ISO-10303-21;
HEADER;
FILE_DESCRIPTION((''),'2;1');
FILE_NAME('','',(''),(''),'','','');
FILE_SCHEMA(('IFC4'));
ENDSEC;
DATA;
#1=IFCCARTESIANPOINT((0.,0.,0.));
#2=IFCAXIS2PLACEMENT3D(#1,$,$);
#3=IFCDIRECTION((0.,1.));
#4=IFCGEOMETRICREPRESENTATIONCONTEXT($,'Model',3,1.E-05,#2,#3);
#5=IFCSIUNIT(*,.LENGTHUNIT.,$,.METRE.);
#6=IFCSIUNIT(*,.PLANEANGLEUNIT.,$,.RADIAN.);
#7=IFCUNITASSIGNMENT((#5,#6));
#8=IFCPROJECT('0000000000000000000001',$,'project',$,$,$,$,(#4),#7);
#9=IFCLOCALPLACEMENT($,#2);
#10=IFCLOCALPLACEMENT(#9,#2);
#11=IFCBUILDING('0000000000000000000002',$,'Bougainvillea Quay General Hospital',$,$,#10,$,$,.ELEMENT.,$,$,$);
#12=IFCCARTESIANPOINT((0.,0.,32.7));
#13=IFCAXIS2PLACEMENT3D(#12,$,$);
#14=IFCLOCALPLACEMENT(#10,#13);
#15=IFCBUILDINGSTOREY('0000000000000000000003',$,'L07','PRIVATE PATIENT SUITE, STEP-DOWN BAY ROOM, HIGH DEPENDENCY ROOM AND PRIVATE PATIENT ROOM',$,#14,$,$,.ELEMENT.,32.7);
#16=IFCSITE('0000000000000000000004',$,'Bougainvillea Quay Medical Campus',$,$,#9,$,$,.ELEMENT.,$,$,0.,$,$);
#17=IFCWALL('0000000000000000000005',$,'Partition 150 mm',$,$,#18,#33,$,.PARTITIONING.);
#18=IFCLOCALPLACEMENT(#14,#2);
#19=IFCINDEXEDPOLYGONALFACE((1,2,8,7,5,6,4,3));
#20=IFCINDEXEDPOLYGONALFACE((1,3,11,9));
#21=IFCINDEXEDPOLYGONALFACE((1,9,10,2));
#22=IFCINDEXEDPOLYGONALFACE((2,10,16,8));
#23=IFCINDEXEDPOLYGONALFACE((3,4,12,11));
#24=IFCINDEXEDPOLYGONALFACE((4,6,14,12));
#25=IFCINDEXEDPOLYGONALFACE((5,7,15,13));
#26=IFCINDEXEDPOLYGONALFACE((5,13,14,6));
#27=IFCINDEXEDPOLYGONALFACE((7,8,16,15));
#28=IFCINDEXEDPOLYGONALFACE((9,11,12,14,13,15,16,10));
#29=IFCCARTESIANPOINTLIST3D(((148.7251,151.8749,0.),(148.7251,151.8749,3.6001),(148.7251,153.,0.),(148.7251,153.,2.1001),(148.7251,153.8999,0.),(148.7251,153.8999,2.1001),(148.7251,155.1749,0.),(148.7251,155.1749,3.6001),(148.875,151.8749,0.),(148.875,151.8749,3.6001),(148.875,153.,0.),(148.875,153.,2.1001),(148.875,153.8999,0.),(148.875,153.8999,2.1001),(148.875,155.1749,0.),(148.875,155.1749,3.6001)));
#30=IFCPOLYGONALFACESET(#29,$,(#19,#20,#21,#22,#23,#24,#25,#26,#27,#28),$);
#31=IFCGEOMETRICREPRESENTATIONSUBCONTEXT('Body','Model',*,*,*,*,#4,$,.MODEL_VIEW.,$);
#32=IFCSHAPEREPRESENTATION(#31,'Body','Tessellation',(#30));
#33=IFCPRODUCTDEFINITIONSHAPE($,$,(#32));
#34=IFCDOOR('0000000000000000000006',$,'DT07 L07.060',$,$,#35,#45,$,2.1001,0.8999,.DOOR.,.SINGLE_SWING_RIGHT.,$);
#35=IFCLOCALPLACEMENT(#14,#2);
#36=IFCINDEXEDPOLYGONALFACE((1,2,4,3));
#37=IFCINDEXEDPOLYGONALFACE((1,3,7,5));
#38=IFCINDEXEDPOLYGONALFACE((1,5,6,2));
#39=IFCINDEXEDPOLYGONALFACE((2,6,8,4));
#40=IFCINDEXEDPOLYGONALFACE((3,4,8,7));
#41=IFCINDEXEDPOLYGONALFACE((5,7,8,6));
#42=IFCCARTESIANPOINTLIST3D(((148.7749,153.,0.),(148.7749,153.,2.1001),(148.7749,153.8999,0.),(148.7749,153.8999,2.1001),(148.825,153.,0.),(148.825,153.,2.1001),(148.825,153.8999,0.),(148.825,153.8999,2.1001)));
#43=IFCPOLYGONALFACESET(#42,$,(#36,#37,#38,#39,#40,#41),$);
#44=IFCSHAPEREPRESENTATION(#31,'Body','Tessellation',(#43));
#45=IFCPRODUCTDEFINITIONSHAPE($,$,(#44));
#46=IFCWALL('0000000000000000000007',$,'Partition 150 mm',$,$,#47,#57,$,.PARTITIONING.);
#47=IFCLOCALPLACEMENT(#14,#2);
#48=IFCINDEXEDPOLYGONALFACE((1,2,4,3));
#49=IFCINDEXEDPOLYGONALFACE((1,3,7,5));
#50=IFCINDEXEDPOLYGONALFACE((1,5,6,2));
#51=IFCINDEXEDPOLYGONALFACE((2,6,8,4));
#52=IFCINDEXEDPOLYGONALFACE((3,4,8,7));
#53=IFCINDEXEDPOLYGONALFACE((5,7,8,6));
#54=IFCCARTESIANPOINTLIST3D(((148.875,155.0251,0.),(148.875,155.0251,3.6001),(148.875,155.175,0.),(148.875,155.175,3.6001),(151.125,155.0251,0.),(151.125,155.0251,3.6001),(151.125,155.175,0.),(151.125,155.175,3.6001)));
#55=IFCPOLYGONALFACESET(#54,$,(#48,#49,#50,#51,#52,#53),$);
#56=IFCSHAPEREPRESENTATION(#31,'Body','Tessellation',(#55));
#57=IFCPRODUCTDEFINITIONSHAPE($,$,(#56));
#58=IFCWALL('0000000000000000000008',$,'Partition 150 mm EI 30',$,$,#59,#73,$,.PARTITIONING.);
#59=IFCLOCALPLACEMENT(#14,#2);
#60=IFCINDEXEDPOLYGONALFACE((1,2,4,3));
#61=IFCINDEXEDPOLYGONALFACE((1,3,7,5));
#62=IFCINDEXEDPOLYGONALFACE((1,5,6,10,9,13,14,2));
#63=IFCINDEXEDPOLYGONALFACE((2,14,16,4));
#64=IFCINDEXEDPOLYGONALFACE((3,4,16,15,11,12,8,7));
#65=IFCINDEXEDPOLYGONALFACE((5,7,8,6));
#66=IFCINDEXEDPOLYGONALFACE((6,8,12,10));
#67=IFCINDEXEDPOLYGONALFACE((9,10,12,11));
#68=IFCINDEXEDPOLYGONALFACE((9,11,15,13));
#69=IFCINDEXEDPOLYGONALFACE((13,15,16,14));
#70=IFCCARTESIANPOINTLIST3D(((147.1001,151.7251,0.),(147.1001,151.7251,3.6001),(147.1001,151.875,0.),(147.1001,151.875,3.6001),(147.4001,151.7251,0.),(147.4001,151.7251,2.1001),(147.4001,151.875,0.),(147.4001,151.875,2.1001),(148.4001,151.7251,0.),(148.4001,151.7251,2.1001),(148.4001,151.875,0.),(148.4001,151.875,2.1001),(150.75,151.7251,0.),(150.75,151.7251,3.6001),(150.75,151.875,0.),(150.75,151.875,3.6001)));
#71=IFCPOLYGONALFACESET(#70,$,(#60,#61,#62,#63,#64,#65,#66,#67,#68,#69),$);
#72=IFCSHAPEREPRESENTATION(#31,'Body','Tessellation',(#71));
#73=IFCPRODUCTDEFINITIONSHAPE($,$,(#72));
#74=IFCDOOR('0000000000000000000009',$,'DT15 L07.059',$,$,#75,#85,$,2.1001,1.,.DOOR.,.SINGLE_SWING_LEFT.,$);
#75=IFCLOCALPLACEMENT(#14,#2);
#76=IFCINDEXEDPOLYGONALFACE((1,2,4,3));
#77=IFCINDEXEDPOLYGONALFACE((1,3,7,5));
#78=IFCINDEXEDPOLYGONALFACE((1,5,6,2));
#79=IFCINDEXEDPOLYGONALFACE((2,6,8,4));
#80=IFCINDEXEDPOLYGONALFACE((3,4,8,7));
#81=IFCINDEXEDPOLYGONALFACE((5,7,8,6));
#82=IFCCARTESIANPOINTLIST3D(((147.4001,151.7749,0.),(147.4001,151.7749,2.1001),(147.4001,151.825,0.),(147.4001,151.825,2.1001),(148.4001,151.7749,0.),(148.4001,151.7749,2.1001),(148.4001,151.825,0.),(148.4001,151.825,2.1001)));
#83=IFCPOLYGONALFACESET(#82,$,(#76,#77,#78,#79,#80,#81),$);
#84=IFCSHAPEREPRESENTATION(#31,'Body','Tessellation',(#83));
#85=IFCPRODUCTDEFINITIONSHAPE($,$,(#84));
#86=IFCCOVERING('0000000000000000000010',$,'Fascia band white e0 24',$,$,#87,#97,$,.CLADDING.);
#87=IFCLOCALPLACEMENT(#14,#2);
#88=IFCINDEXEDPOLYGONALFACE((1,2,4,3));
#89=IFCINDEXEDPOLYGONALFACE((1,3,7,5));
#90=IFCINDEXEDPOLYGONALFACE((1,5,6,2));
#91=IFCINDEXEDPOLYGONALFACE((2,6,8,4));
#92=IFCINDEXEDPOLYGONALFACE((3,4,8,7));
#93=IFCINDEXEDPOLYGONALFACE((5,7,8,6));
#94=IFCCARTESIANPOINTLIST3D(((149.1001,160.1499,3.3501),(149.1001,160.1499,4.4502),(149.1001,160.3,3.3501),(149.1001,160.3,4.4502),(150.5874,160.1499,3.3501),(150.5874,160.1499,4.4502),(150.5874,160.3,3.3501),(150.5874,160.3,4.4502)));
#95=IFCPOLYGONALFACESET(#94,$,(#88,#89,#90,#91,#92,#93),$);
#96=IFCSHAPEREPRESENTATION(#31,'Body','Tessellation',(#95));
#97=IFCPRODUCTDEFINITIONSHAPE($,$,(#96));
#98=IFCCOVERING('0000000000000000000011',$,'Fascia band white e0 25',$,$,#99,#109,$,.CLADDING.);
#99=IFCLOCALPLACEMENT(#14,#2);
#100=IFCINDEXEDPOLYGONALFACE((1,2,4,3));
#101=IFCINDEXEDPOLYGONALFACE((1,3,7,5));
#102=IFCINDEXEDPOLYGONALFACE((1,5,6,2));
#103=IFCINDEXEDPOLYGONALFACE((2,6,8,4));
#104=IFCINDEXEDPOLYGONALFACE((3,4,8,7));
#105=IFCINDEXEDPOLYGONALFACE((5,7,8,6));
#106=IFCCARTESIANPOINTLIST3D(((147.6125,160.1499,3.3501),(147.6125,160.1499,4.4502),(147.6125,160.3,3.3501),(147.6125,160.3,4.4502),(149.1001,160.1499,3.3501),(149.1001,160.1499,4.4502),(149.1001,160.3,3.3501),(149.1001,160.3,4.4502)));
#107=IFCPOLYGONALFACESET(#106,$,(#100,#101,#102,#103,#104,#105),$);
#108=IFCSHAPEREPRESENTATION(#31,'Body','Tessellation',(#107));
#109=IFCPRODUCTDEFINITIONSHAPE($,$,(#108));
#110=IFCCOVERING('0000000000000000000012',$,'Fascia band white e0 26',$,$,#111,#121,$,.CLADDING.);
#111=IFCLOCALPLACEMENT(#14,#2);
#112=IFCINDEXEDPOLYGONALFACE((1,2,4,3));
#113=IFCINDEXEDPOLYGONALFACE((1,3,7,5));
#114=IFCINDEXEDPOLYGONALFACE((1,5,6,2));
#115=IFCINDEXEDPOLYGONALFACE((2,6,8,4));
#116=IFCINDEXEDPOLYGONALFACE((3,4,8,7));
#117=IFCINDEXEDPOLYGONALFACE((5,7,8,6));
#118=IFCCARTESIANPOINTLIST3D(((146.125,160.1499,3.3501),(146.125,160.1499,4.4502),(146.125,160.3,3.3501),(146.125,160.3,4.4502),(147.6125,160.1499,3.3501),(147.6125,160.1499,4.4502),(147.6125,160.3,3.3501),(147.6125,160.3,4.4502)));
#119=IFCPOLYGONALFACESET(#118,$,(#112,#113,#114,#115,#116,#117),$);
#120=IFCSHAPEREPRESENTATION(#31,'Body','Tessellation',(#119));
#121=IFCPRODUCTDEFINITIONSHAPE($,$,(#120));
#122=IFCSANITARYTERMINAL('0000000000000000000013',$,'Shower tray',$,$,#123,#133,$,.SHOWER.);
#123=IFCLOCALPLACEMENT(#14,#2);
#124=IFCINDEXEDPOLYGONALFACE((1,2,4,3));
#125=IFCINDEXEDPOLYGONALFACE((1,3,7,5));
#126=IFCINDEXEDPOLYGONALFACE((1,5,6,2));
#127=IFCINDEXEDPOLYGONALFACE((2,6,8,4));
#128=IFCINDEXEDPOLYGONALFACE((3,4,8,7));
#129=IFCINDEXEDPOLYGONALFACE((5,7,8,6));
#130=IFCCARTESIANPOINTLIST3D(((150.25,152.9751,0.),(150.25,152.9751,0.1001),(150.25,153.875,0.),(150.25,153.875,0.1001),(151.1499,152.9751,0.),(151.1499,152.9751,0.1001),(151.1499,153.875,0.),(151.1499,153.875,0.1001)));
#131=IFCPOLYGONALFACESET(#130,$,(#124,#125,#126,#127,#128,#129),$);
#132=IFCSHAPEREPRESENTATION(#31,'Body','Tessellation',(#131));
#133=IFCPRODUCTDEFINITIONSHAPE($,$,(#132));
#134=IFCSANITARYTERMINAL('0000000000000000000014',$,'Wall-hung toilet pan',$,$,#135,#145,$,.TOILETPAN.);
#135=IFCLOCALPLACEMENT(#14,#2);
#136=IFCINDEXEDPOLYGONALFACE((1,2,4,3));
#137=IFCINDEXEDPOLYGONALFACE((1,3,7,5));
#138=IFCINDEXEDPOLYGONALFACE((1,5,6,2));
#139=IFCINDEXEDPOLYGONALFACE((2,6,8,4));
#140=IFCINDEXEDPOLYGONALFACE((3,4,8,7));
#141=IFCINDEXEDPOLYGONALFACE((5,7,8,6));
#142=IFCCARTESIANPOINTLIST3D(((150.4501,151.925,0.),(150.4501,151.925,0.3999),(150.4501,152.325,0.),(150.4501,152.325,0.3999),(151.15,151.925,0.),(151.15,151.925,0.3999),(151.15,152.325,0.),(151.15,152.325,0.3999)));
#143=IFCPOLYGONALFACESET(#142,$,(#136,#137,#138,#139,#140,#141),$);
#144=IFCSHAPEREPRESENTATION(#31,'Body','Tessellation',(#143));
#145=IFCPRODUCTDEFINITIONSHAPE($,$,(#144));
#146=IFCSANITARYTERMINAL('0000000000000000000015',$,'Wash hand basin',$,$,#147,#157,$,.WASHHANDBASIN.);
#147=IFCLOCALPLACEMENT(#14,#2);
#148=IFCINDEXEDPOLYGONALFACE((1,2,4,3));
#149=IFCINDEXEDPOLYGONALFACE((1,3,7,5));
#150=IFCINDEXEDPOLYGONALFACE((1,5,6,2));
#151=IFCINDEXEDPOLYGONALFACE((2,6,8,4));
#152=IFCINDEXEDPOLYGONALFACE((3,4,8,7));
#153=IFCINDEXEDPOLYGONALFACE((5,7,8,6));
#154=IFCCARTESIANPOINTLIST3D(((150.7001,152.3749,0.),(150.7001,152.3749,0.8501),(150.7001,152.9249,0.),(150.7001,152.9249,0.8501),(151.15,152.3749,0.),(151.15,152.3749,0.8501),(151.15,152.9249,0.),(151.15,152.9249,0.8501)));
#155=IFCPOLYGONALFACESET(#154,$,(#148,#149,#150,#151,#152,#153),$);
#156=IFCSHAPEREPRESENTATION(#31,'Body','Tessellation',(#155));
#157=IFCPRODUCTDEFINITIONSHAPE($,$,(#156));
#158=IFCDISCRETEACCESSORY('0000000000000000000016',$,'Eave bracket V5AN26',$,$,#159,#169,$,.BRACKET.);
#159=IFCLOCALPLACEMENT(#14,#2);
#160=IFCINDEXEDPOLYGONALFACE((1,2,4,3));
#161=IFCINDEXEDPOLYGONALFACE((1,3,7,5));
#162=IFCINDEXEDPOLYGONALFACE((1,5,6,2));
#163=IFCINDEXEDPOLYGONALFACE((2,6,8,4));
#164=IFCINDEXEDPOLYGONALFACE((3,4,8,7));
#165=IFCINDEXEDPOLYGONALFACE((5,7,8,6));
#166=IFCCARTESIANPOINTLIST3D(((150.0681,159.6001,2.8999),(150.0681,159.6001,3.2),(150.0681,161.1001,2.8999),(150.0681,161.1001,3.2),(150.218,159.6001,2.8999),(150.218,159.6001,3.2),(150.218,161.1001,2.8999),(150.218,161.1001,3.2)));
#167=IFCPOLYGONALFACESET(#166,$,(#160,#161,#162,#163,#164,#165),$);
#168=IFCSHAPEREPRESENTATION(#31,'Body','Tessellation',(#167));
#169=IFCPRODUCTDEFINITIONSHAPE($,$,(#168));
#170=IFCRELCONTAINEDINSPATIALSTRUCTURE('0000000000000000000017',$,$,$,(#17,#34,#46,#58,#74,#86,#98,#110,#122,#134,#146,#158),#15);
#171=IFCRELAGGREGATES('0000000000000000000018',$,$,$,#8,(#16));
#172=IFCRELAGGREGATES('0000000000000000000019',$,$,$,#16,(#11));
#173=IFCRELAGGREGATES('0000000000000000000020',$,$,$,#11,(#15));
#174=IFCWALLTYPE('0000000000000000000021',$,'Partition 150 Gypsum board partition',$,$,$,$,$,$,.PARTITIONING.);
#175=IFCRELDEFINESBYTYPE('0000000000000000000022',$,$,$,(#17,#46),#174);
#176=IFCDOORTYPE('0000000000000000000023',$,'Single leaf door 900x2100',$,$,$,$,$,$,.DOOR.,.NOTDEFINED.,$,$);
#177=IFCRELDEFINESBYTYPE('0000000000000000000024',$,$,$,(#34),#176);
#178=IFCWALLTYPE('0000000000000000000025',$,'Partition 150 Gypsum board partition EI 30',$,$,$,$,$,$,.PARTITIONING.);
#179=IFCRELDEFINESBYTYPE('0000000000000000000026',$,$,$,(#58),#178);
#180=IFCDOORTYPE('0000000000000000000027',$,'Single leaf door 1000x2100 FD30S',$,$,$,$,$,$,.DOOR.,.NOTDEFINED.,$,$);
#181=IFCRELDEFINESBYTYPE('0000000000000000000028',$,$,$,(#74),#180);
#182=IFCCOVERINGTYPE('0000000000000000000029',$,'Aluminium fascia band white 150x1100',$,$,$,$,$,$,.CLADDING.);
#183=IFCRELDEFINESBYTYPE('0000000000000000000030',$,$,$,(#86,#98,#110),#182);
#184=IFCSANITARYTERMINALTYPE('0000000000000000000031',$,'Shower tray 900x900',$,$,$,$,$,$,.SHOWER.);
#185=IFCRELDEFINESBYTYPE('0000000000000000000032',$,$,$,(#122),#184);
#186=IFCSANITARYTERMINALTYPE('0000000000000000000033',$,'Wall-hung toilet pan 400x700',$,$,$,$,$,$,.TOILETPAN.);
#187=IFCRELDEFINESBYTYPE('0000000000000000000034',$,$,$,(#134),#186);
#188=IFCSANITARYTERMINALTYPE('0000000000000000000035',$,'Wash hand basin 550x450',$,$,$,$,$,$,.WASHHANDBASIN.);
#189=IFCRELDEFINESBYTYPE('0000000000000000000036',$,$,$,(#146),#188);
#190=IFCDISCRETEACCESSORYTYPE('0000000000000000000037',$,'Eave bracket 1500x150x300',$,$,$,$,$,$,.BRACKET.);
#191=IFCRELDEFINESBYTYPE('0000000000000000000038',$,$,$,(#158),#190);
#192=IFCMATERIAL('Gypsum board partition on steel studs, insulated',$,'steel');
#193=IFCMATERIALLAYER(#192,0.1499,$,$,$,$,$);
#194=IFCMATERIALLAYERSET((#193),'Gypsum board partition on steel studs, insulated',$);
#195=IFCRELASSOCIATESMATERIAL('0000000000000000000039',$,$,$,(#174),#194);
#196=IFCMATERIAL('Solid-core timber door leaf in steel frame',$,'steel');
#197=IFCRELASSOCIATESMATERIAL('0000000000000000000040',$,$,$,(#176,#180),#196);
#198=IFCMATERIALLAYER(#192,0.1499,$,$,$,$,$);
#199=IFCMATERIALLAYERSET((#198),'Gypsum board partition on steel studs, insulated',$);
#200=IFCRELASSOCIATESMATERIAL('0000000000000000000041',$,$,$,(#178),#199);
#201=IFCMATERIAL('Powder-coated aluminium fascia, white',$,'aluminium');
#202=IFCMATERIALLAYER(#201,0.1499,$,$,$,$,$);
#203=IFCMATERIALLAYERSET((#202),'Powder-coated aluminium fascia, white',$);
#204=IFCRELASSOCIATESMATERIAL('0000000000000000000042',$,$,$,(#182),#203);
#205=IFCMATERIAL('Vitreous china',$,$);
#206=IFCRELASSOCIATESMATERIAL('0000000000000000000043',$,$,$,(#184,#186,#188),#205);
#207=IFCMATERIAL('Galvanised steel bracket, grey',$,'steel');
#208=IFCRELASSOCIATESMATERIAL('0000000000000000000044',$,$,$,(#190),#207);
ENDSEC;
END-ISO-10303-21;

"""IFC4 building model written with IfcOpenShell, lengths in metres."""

from ifc_helpers import new_model, si_unit, direction, frame, frame_2d, origin, origin_2d, place, context, subcontext, project, spatial, polyline, rectangle, outline, extrude, material, layer, layer_set, type_object, element, fill, save


model = new_model("IFC4")

# Units and contexts
model_context = context("Model", 3, precision=1e-05, world=origin(), true_north=direction((0.0, 1.0)))
body_context = subcontext(model_context, "Body", "Model", "MODEL_VIEW")
ifc_project = project(units=[si_unit("LENGTHUNIT", "METRE"), si_unit("PLANEANGLEUNIT", "RADIAN")], contexts=[model_context])

# Site, building, storey
site_placement = place(None, origin())
site = spatial("IfcSite", under=ifc_project, at=site_placement, Name="Bougainvillea Quay Medical Campus", CompositionType="ELEMENT", RefElevation=0.0)
building_placement = place(site_placement, origin())
building = spatial("IfcBuilding", under=site, at=building_placement, Name="Bougainvillea Quay General Hospital", CompositionType="ELEMENT")
storey_placement = place(building_placement, frame((0.0, 0.0, 32.7)))
storey = spatial("IfcBuildingStorey", under=building, at=storey_placement, Name="L07", Description="PRIVATE PATIENT SUITE, STEP-DOWN BAY ROOM, HIGH DEPENDENCY ROOM AND PRIVATE PATIENT ROOM", CompositionType="ELEMENT", Elevation=32.7)

# Shared definitions
ifc_material_1 = material(Name="Gypsum board partition on steel studs, insulated", Category="steel")
ifc_layer_1 = layer(ifc_material_1, 0.1499)
ifc_layer_set_1 = layer_set([ifc_layer_1], Name="Gypsum board partition on steel studs, insulated")
wall_type_1 = type_object("IfcWallType", Name="Partition 150 Gypsum board partition", PredefinedType="PARTITIONING", material=ifc_layer_set_1)

# Wall, opening, door
wall_1_placement = place(storey_placement, frame((148.8, 151.875, 0.0), z_axis=(0.0, 0.0, 1.0), x_axis=(0.0, 1.0, 0.0)))
wall_1 = element("IfcWall", 1, at=wall_1_placement, inside=storey, type_object=wall_type_1, Name="Partition 150 mm", PredefinedType="PARTITIONING", context=body_context, shape_type="SweptSolid", body=[
    extrude(rectangle(XDim=3.3, YDim=0.1499, at=frame_2d((1.6499, 0.0))), origin(), (0.0, 0.0, 1.0), 3.6001),
])
opening_1_placement = place(wall_1_placement, frame((1.125, 0.0, 0.0)))
opening_1 = element("IfcOpeningElement", 2, at=opening_1_placement, cuts=wall_1, PredefinedType="OPENING", context=body_context, shape_type="SweptSolid", body=[
    extrude(rectangle(XDim=0.8999, YDim=2.1001, at=frame_2d((0.45, 1.05))), frame((0.0, 0.085, 0.0), z_axis=(0.0, -1.0, 0.0), x_axis=(1.0, 0.0, 0.0)), (0.0, 0.0, 1.0), 0.1699),
])
ifc_material_2 = material(Name="Solid-core timber door leaf in steel frame", Category="steel")
door_type_1 = type_object("IfcDoorType", Name="Single leaf door 900x2100", OperationType="NOTDEFINED", PredefinedType="DOOR", material=ifc_material_2)
door_1_placement = place(opening_1_placement, frame((0.8999, 0.0, 0.0), z_axis=(0.0, 0.0, 1.0), x_axis=(-1.0, 0.0, 0.0)))
door_1 = element("IfcDoor", 3, at=door_1_placement, inside=storey, type_object=door_type_1, Name="DT07 L07.060", OperationType="SINGLE_SWING_RIGHT", OverallHeight=2.1001, OverallWidth=0.8999, PredefinedType="DOOR", context=body_context, shape_type="SweptSolid", body=[
    extrude(rectangle(XDim=0.8999, YDim=2.1001, at=frame_2d((0.45, 1.05))), frame((0.0, 0.0249, 0.0), z_axis=(0.0, -1.0, 0.0), x_axis=(1.0, 0.0, 0.0)), (0.0, 0.0, 1.0), 0.05),
])
fill(opening_1, door_1)

# Wall
wall_2_placement = place(storey_placement, frame((148.875, 155.1001, 0.0), z_axis=(0.0, 0.0, 1.0), x_axis=(1.0, 0.0, 0.0)))
element("IfcWall", 4, at=wall_2_placement, inside=storey, type_object=wall_type_1, Name="Partition 150 mm", PredefinedType="PARTITIONING", context=body_context, shape_type="SweptSolid", body=[
    extrude(rectangle(XDim=2.25, YDim=0.1499, at=frame_2d((1.125, 0.0))), origin(), (0.0, 0.0, 1.0), 3.6001),
])

# Wall, opening, door
ifc_layer_2 = layer(ifc_material_1, 0.1499)
ifc_layer_set_2 = layer_set([ifc_layer_2], Name="Gypsum board partition on steel studs, insulated")
wall_type_2 = type_object("IfcWallType", Name="Partition 150 Gypsum board partition EI 30", PredefinedType="PARTITIONING", material=ifc_layer_set_2)
wall_3_placement = place(storey_placement, frame((147.1001, 151.8, 0.0), z_axis=(0.0, 0.0, 1.0), x_axis=(1.0, 0.0, 0.0)))
wall_3 = element("IfcWall", 5, at=wall_3_placement, inside=storey, type_object=wall_type_2, Name="Partition 150 mm EI 30", PredefinedType="PARTITIONING", context=body_context, shape_type="SweptSolid", body=[
    extrude(rectangle(XDim=3.6499, YDim=0.1499, at=frame_2d((1.825, 0.0))), origin(), (0.0, 0.0, 1.0), 3.6001),
])
opening_2_placement = place(wall_3_placement, frame((0.3, 0.0, 0.0)))
opening_2 = element("IfcOpeningElement", 6, at=opening_2_placement, cuts=wall_3, PredefinedType="OPENING", context=body_context, shape_type="SweptSolid", body=[
    extrude(rectangle(XDim=1.0, YDim=2.1001, at=frame_2d((0.5, 1.05))), frame((0.0, 0.085, 0.0), z_axis=(0.0, -1.0, 0.0), x_axis=(1.0, 0.0, 0.0)), (0.0, 0.0, 1.0), 0.1699),
])
door_type_2 = type_object("IfcDoorType", Name="Single leaf door 1000x2100 FD30S", OperationType="NOTDEFINED", PredefinedType="DOOR", material=ifc_material_2)
door_2_placement = place(opening_2_placement, origin())
door_2 = element("IfcDoor", 7, at=door_2_placement, inside=storey, type_object=door_type_2, Name="DT15 L07.059", OperationType="SINGLE_SWING_LEFT", OverallHeight=2.1001, OverallWidth=1.0, PredefinedType="DOOR", context=body_context, shape_type="SweptSolid", body=[
    extrude(rectangle(XDim=1.0, YDim=2.1001, at=frame_2d((0.5, 1.05))), frame((0.0, 0.0249, 0.0), z_axis=(0.0, -1.0, 0.0), x_axis=(1.0, 0.0, 0.0)), (0.0, 0.0, 1.0), 0.05),
])
fill(opening_2, door_2)

# Coverings
ifc_material_3 = material(Name="Powder-coated aluminium fascia, white", Category="aluminium")
ifc_layer_3 = layer(ifc_material_3, 0.1499)
ifc_layer_set_3 = layer_set([ifc_layer_3], Name="Powder-coated aluminium fascia, white")
covering_type = type_object("IfcCoveringType", Name="Aluminium fascia band white 150x1100", PredefinedType="CLADDING", material=ifc_layer_set_3)
covering_placement = place(storey_placement, frame((150.5874, 160.1499, 3.3501), z_axis=(0.0, 0.0, 1.0), x_axis=(-1.0, 0.0, 0.0)))
element("IfcCovering", 8, at=covering_placement, inside=storey, type_object=covering_type, Name="Fascia band white e0 24", PredefinedType="CLADDING", context=body_context, shape_type="SweptSolid", body=[
    extrude(outline(polyline([(0.0, 0.0), (1.4873, 0.0), (1.4873, -0.1501), (0.0, -0.1501), (0.0, 0.0)])), origin(), (0.0, 0.0, 1.0), 1.1001),
])
for number, where, z_axis, x_axis, name in (
    (9, (149.1001, 160.1499, 3.3501), (0.0, 0.0, 1.0), (-1.0, 0.0, 0.0), "Fascia band white e0 25"),
    (10, (147.6125, 160.1499, 3.3501), (0.0, 0.0, 1.0), (-1.0, 0.0, 0.0), "Fascia band white e0 26"),
):
    element("IfcCovering", number, at=place(storey_placement, frame(where, z_axis=z_axis, x_axis=x_axis)), inside=storey, type_object=covering_type, Name=name, PredefinedType="CLADDING", context=body_context, shape_type="SweptSolid", body=[
        extrude(outline(polyline([(0.0, 0.0), (1.4875, 0.0), (1.4875, -0.1501), (0.0, -0.1501), (0.0, 0.0)])), origin(), (0.0, 0.0, 1.0), 1.1001),
    ])

# Sanitary terminals
ifc_material_4 = material(Name="Vitreous china")
sanitary_terminal_type_1 = type_object("IfcSanitaryTerminalType", Name="Shower tray 900x900", PredefinedType="SHOWER", material=ifc_material_4)
sanitary_terminal_1_placement = place(storey_placement, frame((150.7, 153.425, 0.0), z_axis=(0.0, 0.0, 1.0), x_axis=(0.0, -1.0, 0.0)))
element("IfcSanitaryTerminal", 11, at=sanitary_terminal_1_placement, inside=storey, type_object=sanitary_terminal_type_1, Name="Shower tray", PredefinedType="SHOWER", context=body_context, shape_type="SweptSolid", body=[
    extrude(rectangle(XDim=0.8999, YDim=0.8999, at=origin_2d()), origin(), (0.0, 0.0, 1.0), 0.1001),
])
sanitary_terminal_type_2 = type_object("IfcSanitaryTerminalType", Name="Wall-hung toilet pan 400x700", PredefinedType="TOILETPAN", material=ifc_material_4)
sanitary_terminal_2_placement = place(storey_placement, frame((150.8, 152.125, 0.0), z_axis=(0.0, 0.0, 1.0), x_axis=(0.0, -1.0, 0.0)))
element("IfcSanitaryTerminal", 12, at=sanitary_terminal_2_placement, inside=storey, type_object=sanitary_terminal_type_2, Name="Wall-hung toilet pan", PredefinedType="TOILETPAN", context=body_context, shape_type="SweptSolid", body=[
    extrude(rectangle(XDim=0.3999, YDim=0.7, at=origin_2d()), origin(), (0.0, 0.0, 1.0), 0.3999),
])
sanitary_terminal_type_3 = type_object("IfcSanitaryTerminalType", Name="Wash hand basin 550x450", PredefinedType="WASHHANDBASIN", material=ifc_material_4)
sanitary_terminal_3_placement = place(storey_placement, frame((150.925, 152.6499, 0.0), z_axis=(0.0, 0.0, 1.0), x_axis=(0.0, -1.0, 0.0)))
element("IfcSanitaryTerminal", 13, at=sanitary_terminal_3_placement, inside=storey, type_object=sanitary_terminal_type_3, Name="Wash hand basin", PredefinedType="WASHHANDBASIN", context=body_context, shape_type="SweptSolid", body=[
    extrude(rectangle(XDim=0.55, YDim=0.45, at=origin_2d()), origin(), (0.0, 0.0, 1.0), 0.8501),
])

# Discrete accessory
ifc_material_5 = material(Name="Galvanised steel bracket, grey", Category="steel")
discrete_accessory_type_1 = type_object("IfcDiscreteAccessoryType", Name="Eave bracket 1500x150x300", PredefinedType="BRACKET", material=ifc_material_5)
discrete_accessory_1_placement = place(storey_placement, frame((150.1431, 160.3501, 2.8999), z_axis=(0.0, 0.0, 1.0), x_axis=(1.0, 0.0, 0.0)))
element("IfcDiscreteAccessory", 14, at=discrete_accessory_1_placement, inside=storey, type_object=discrete_accessory_type_1, Name="Eave bracket V5AN26", PredefinedType="BRACKET", context=body_context, shape_type="SweptSolid", body=[
    extrude(rectangle(XDim=0.1499, YDim=1.5, at=origin_2d()), origin(), (0.0, 0.0, 1.0), 0.3),
])

save(model, "model.ifc")
